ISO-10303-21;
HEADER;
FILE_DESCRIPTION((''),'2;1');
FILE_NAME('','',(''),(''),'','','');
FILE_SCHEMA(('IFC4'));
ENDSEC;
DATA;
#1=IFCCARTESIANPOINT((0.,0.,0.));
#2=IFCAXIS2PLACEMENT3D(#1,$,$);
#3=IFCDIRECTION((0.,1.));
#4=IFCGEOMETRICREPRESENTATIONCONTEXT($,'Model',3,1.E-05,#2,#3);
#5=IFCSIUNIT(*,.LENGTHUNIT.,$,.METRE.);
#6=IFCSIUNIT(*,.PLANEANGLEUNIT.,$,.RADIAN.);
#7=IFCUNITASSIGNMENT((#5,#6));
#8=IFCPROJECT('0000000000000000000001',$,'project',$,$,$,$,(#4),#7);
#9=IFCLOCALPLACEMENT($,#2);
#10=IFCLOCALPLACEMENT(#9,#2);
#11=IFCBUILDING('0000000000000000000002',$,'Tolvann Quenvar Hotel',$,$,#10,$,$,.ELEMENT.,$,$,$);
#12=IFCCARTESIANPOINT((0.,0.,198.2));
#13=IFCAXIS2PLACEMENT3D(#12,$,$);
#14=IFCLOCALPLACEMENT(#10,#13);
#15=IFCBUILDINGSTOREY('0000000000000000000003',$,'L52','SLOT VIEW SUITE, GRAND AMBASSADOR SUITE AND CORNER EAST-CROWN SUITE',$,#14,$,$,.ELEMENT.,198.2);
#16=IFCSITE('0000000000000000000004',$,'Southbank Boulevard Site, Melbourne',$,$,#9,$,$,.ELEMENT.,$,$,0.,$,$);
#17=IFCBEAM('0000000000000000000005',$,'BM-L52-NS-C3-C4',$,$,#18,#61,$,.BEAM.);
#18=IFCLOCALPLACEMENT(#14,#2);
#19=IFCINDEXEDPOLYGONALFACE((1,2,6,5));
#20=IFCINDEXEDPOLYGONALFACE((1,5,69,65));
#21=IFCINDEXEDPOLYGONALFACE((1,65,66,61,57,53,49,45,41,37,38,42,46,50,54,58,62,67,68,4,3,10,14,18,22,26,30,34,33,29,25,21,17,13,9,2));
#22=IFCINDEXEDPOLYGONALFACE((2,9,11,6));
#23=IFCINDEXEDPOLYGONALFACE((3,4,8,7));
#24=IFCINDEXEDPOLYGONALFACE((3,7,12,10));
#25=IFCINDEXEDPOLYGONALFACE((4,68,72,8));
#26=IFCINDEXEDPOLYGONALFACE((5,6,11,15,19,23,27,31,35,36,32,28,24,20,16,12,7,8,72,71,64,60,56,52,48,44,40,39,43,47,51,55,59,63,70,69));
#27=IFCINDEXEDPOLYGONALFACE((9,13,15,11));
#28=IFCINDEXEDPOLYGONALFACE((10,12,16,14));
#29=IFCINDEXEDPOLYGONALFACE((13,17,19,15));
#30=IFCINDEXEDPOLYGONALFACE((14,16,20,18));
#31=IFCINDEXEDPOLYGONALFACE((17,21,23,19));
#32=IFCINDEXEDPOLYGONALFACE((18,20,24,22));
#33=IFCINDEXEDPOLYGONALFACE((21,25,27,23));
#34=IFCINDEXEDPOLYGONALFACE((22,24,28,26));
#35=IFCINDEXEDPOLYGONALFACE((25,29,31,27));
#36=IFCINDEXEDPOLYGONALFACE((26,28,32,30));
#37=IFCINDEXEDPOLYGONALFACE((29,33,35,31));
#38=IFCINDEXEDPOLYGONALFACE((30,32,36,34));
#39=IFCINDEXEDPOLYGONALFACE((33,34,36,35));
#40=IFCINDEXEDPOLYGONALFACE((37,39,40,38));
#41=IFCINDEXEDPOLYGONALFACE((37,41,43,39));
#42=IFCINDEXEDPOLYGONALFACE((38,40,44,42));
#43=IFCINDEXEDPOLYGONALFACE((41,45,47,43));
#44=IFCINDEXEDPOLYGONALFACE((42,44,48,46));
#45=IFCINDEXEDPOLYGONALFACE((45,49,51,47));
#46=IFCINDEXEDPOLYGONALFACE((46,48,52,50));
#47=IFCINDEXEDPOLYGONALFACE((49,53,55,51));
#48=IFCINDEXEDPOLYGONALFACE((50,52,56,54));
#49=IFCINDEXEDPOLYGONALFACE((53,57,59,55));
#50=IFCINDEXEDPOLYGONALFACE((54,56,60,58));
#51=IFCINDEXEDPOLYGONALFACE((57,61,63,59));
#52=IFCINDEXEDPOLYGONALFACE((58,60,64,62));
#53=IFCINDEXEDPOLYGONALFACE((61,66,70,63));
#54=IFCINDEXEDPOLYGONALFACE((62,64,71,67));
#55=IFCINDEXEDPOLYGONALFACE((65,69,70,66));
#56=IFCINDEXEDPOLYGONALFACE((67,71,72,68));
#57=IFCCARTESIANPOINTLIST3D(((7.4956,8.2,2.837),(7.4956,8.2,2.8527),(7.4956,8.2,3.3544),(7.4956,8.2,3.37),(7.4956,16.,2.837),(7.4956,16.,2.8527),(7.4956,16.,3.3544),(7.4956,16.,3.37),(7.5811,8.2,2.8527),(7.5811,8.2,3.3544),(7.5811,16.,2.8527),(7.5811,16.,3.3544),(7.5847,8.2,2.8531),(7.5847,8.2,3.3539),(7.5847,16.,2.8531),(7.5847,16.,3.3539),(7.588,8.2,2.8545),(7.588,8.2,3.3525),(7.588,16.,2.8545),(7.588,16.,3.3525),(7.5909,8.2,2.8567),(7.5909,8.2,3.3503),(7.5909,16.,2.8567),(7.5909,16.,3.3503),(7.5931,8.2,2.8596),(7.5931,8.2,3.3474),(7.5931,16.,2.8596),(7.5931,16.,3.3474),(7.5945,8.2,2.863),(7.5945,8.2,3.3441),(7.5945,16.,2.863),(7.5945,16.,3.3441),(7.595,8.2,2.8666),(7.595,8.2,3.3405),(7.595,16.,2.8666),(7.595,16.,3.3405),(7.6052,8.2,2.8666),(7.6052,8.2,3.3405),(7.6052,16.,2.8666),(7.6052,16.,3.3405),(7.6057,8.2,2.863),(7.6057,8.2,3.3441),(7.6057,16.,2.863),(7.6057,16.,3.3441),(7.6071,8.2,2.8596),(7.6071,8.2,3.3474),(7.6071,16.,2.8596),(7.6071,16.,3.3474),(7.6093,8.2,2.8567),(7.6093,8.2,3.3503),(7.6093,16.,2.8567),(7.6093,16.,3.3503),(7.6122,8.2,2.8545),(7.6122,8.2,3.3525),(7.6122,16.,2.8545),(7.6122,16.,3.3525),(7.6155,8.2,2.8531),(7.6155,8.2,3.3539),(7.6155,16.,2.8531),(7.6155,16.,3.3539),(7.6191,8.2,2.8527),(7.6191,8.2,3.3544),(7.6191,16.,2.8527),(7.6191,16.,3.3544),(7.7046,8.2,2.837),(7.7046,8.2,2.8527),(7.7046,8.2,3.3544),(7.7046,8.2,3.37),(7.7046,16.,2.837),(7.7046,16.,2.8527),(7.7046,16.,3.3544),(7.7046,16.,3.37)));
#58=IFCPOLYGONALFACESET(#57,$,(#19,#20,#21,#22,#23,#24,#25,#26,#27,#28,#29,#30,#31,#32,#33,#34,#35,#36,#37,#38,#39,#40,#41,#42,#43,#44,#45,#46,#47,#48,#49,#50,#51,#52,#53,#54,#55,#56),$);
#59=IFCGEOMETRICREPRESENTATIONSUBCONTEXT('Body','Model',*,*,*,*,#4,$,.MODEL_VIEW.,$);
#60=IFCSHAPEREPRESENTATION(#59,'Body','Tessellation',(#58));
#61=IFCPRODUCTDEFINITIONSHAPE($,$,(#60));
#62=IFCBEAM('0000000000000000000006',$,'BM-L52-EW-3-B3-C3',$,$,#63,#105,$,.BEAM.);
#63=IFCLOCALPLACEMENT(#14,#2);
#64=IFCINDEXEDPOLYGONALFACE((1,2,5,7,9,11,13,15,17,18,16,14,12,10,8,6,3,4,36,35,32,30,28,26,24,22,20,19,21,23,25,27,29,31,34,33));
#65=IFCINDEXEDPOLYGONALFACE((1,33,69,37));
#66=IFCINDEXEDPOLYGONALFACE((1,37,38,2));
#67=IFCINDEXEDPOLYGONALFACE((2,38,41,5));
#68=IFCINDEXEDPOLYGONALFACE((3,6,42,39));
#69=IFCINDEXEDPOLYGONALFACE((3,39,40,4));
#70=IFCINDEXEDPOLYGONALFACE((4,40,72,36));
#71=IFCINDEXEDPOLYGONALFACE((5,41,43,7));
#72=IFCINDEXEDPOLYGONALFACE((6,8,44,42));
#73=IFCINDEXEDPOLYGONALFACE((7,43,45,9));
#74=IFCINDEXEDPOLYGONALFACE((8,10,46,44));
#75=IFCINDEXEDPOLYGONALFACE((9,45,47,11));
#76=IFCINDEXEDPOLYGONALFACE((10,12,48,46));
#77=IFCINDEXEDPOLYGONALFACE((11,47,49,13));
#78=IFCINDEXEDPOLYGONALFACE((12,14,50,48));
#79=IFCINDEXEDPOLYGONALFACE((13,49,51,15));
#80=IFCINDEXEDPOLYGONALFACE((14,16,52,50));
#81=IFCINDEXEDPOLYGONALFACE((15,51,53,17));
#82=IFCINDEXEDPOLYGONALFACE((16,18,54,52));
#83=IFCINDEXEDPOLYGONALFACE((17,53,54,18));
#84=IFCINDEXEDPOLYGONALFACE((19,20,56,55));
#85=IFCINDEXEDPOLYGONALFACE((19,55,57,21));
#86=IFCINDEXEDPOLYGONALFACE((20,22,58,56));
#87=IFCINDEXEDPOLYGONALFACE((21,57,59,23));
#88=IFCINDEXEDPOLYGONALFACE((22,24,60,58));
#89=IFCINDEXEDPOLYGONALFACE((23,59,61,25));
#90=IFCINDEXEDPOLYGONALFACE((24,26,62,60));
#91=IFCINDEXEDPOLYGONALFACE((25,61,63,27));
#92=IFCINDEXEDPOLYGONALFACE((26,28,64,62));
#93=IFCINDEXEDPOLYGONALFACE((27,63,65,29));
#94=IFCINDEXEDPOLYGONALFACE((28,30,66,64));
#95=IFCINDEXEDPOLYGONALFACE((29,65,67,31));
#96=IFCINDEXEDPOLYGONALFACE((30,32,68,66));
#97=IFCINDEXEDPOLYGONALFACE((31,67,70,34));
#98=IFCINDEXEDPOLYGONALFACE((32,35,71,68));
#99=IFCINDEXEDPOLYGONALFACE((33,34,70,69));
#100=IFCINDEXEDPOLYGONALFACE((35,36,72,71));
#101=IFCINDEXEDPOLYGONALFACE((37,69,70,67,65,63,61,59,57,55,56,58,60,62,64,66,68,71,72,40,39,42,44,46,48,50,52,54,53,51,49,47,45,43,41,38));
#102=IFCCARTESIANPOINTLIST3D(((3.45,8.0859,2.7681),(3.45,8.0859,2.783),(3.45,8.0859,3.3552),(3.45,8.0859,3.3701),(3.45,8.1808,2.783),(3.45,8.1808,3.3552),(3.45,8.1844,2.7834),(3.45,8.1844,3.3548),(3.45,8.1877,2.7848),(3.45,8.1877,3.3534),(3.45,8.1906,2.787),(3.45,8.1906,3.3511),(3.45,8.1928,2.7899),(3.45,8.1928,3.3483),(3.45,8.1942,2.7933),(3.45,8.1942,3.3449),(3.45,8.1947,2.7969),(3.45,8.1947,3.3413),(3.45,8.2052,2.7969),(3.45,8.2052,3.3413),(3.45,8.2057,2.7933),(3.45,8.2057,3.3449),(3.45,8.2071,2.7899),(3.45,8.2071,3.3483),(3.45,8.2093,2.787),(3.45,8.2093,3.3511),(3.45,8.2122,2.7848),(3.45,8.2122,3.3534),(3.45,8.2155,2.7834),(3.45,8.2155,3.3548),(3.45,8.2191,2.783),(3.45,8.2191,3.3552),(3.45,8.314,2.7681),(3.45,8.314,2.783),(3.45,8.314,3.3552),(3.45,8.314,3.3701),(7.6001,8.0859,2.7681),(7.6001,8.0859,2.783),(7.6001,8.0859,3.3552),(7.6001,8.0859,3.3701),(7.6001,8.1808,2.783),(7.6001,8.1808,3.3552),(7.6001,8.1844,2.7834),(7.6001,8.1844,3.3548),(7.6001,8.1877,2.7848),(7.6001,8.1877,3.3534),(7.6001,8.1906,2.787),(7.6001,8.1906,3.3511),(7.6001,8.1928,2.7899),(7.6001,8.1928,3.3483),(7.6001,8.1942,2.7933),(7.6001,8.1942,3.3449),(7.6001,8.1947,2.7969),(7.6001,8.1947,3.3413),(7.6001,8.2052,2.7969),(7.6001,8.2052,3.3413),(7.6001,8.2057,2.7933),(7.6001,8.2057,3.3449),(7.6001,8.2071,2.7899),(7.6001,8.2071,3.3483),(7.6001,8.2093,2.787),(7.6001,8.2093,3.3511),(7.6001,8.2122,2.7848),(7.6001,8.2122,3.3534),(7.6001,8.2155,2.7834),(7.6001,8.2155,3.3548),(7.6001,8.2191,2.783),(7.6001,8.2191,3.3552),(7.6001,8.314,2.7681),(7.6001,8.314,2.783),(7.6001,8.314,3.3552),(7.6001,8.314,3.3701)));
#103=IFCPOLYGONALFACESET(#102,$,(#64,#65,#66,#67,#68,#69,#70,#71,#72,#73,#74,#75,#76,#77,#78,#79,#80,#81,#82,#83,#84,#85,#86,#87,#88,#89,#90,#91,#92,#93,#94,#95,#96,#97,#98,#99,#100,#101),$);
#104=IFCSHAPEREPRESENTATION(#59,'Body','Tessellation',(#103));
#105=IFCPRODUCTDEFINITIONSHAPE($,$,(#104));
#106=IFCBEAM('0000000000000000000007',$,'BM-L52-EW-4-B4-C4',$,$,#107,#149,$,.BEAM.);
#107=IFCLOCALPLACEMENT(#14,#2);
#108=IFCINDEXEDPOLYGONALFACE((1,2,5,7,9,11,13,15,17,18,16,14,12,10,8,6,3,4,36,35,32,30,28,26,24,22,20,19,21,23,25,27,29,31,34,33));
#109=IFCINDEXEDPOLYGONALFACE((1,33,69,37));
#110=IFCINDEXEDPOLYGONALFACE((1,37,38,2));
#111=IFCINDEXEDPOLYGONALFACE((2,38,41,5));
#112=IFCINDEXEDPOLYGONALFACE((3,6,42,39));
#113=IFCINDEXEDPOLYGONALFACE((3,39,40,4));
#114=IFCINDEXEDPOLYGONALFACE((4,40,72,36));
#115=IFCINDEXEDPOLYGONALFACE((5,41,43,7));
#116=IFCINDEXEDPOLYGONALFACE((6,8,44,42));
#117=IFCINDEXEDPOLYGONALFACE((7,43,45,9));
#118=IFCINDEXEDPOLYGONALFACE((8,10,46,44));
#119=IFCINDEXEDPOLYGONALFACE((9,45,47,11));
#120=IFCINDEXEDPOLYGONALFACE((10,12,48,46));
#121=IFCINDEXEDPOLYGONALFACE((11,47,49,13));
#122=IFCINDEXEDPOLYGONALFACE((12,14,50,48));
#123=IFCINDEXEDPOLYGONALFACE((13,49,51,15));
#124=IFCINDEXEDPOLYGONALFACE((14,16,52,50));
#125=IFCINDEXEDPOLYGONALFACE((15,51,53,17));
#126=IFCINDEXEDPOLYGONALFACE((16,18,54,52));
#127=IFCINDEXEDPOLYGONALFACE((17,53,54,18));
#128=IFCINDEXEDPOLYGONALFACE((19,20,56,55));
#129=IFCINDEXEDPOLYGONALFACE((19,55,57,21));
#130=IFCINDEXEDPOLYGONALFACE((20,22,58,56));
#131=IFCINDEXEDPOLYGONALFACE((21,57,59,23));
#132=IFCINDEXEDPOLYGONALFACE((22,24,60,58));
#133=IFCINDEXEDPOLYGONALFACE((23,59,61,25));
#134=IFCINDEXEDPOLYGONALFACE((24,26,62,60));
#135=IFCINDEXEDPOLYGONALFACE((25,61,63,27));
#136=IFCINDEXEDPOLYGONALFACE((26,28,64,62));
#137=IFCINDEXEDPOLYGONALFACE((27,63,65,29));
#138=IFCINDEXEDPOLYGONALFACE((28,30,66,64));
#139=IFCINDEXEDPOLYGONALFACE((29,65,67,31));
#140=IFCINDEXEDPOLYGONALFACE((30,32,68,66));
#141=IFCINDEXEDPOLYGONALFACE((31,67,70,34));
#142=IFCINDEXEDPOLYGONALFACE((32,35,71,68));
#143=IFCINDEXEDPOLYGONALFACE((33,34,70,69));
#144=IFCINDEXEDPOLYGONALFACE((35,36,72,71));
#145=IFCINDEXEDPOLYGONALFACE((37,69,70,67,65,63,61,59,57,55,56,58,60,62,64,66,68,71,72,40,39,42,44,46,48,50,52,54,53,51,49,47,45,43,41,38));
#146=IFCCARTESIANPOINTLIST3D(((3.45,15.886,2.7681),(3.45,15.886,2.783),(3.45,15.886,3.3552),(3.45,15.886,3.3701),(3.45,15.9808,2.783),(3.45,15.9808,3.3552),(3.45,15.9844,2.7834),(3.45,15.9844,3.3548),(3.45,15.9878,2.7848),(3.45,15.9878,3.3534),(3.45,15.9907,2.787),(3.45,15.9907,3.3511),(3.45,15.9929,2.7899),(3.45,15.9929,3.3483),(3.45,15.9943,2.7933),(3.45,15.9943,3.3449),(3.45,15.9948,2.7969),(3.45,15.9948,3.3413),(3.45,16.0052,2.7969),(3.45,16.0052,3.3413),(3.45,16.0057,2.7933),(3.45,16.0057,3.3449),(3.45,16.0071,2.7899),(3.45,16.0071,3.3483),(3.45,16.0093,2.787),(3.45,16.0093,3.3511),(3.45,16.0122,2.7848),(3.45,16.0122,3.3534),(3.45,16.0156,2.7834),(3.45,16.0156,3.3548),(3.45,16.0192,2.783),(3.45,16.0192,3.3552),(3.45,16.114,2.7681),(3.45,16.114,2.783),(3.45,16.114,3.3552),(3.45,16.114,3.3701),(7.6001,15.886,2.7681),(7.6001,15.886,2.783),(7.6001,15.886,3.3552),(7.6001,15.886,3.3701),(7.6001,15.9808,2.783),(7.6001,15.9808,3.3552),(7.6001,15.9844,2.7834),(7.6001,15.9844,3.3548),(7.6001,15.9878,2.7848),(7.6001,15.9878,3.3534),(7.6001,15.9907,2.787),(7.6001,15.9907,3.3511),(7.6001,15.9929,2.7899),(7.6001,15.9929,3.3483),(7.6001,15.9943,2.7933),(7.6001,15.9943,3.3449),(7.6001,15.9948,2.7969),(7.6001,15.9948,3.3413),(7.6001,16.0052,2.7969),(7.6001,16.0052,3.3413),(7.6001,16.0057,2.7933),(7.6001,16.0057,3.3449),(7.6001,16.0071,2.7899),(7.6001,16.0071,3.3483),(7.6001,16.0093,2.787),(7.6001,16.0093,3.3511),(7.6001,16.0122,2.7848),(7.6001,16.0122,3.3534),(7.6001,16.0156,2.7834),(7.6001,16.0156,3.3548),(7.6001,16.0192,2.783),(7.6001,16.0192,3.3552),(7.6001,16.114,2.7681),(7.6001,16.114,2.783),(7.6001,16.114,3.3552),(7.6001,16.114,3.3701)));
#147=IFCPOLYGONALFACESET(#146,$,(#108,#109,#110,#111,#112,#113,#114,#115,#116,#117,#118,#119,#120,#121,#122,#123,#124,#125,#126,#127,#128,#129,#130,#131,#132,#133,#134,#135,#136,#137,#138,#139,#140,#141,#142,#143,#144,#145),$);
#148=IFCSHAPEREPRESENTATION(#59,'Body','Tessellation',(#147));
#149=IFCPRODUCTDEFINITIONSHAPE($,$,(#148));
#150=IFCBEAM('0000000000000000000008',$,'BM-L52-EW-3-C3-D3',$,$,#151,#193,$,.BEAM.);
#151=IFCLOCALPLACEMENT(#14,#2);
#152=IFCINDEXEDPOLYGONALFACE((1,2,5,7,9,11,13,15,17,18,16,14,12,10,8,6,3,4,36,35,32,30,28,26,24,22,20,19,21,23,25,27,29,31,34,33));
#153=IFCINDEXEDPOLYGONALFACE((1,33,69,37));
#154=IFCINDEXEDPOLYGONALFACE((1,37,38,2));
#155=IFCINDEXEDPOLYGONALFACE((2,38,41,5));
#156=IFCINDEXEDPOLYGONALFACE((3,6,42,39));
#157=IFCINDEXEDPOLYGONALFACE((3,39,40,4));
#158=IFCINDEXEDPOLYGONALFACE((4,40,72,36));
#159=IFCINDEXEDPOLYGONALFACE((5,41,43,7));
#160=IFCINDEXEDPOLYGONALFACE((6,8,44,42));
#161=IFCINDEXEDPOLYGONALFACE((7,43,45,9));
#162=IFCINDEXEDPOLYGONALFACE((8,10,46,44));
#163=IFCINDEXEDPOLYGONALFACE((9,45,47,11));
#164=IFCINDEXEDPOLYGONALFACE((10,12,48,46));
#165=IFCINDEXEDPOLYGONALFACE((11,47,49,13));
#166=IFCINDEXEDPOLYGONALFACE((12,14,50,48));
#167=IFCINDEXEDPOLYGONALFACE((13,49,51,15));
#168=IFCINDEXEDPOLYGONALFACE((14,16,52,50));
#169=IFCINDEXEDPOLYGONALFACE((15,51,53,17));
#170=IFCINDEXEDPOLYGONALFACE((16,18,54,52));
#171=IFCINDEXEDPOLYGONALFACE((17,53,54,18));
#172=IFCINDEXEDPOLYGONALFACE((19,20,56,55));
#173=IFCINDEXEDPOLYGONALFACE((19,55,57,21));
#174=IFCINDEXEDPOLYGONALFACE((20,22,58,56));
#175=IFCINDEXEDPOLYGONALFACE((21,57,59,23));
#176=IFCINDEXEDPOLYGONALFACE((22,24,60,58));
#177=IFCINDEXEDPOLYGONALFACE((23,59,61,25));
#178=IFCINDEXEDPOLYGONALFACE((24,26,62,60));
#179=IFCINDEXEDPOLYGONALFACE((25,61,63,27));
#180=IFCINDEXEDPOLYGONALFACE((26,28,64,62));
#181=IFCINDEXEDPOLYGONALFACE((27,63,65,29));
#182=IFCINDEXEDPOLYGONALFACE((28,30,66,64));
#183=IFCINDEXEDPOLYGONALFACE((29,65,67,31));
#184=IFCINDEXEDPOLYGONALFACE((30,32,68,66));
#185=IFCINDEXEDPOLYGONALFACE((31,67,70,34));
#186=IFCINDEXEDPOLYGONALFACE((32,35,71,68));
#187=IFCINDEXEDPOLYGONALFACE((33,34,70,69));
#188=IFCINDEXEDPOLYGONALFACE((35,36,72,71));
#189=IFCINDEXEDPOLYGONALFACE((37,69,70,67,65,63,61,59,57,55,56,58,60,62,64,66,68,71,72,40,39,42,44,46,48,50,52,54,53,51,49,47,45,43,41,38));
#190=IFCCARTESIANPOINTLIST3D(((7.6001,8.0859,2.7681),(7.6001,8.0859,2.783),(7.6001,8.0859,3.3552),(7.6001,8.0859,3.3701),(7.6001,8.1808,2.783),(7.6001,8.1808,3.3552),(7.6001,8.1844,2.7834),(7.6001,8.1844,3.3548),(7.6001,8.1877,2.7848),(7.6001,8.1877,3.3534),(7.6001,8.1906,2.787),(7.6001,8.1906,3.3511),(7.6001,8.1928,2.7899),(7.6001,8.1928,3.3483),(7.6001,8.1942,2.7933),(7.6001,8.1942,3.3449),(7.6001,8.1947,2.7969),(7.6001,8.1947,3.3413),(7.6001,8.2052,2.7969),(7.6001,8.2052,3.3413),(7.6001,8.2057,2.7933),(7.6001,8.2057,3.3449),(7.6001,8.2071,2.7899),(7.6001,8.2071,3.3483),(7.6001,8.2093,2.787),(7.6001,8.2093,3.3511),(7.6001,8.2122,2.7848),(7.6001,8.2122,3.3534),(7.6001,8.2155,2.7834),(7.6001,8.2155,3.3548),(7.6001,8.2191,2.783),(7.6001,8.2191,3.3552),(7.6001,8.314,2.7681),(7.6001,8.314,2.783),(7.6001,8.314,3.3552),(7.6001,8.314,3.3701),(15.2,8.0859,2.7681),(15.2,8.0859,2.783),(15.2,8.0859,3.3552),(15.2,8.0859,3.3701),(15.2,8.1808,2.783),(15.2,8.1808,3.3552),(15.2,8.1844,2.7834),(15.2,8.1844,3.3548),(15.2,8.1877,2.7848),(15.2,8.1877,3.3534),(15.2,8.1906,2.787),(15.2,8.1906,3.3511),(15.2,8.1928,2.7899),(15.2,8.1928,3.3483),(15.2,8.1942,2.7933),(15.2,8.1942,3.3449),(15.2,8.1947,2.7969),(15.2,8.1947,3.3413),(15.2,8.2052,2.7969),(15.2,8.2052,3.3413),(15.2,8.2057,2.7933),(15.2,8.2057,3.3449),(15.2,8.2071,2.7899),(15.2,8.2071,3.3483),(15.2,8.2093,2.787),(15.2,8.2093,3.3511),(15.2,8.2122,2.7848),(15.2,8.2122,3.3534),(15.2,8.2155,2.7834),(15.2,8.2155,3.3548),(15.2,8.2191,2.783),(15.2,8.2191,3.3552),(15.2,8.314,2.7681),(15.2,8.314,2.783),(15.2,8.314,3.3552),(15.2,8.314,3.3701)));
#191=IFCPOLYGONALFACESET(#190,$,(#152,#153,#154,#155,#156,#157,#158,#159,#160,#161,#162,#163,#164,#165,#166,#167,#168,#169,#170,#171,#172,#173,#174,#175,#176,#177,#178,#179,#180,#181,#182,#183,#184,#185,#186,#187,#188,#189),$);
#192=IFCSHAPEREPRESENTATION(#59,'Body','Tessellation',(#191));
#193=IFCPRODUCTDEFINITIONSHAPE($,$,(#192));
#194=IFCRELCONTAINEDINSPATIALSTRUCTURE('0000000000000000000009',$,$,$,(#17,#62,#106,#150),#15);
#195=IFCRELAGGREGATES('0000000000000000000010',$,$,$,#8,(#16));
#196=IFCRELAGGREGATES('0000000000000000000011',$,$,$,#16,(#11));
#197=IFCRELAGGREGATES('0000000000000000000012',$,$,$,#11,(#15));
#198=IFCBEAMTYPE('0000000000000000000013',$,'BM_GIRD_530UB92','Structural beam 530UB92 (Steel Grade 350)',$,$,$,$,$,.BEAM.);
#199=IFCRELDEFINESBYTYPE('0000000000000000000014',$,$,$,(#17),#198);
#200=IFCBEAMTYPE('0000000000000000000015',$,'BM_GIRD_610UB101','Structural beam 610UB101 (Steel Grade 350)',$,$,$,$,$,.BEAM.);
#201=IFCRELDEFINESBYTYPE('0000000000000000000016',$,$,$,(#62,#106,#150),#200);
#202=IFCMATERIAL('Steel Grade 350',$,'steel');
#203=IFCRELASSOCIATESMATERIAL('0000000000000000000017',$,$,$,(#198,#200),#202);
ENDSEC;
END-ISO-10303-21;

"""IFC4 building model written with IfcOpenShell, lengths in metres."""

from ifc_helpers import new_model, si_unit, direction, frame, origin, origin_2d, place, context, subcontext, project, spatial, i_section, extrude, source, transform, mapped, material, material_profile, profile_set, type_object, type_shapes, element, save


model = new_model("IFC4")

# Units and contexts
model_context = context("Model", 3, precision=1e-05, world=origin(), true_north=direction((0.0, 1.0)))
body_context = subcontext(model_context, "Body", "Model", "MODEL_VIEW")
ifc_project = project(units=[si_unit("LENGTHUNIT", "METRE"), si_unit("PLANEANGLEUNIT", "RADIAN")], contexts=[model_context])

# Site, building, storey
site_placement = place(None, origin())
site = spatial("IfcSite", under=ifc_project, at=site_placement, Name="Southbank Boulevard Site, Melbourne", CompositionType="ELEMENT", RefElevation=0.0)
building_placement = place(site_placement, origin())
building = spatial("IfcBuilding", under=site, at=building_placement, Name="Tolvann Quenvar Hotel", CompositionType="ELEMENT")
storey_placement = place(building_placement, frame((0.0, 0.0, 198.2)))
storey = spatial("IfcBuildingStorey", under=building, at=storey_placement, Name="L52", Description="SLOT VIEW SUITE, GRAND AMBASSADOR SUITE AND CORNER EAST-CROWN SUITE", CompositionType="ELEMENT", Elevation=198.2)

# Shared definitions
ifc_material_1 = material(Name="Steel Grade 350", Category="steel")

# Beams
ifc_material_profile_1 = material_profile(ifc_material_1, i_section(OverallWidth=0.209, OverallDepth=0.533, WebThickness=0.0103, FlangeThickness=0.0156, FilletRadius=0.0139, at=origin_2d()), Name="530UB92")
ifc_profile_set_1 = profile_set([ifc_material_profile_1], Name="Steel Grade 350")
beam_type_1 = type_object("IfcBeamType", Name="BM_GIRD_530UB92", Description="Structural beam 530UB92 (Steel Grade 350)", PredefinedType="BEAM", material=ifc_profile_set_1)
shared_shape_1 = source(origin(), body_context, "Body", "SweptSolid", [
    extrude(i_section(OverallWidth=0.209, OverallDepth=0.533, WebThickness=0.0103, FlangeThickness=0.0156, FilletRadius=0.0139, at=origin_2d()), origin(), (0.0, 0.0, 1.0), 7.8),
])
type_shapes(beam_type_1, [shared_shape_1])
beam_1_placement = place(storey_placement, frame((7.6001, 8.2, 3.1035), z_axis=(0.0, 1.0, 0.0), x_axis=(-1.0, 0.0, 0.0)))
element("IfcBeam", 1, at=beam_1_placement, inside=storey, type_object=beam_type_1, Name="BM-L52-NS-C3-C4", PredefinedType="BEAM", context=body_context, shape_type="MappedRepresentation", body=[
    mapped(shared_shape_1, transform((0.0, 0.0, 0.0), x_axis=(1.0, 0.0, 0.0), y_axis=(0.0, 1.0, 0.0), z_axis=(0.0, 0.0, 1.0), scale=1.0)),
])
ifc_material_profile_2 = material_profile(ifc_material_1, i_section(OverallWidth=0.228, OverallDepth=0.6021, WebThickness=0.0105, FlangeThickness=0.0149, FilletRadius=0.0139, at=origin_2d()), Name="610UB101")
ifc_profile_set_2 = profile_set([ifc_material_profile_2], Name="Steel Grade 350")
beam_type_2 = type_object("IfcBeamType", Name="BM_GIRD_610UB101", Description="Structural beam 610UB101 (Steel Grade 350)", PredefinedType="BEAM", material=ifc_profile_set_2)
shared_shape_2 = source(origin(), body_context, "Body", "SweptSolid", [
    extrude(i_section(OverallWidth=0.228, OverallDepth=0.6021, WebThickness=0.0105, FlangeThickness=0.0149, FilletRadius=0.0139, at=origin_2d()), origin(), (0.0, 0.0, 1.0), 4.1501),
])
for number, where, z_axis, x_axis, name in (
    (2, (3.45, 8.2, 3.0691), (1.0, 0.0, 0.0), (0.0, 1.0, 0.0), "BM-L52-EW-3-B3-C3"),
    (3, (3.45, 16.0, 3.0691), (1.0, 0.0, 0.0), (0.0, 1.0, 0.0), "BM-L52-EW-4-B4-C4"),
):
    element("IfcBeam", number, at=place(storey_placement, frame(where, z_axis=z_axis, x_axis=x_axis)), inside=storey, type_object=beam_type_2, Name=name, PredefinedType="BEAM", context=body_context, shape_type="MappedRepresentation", body=[
        mapped(shared_shape_2, transform((0.0, 0.0, 0.0), x_axis=(1.0, 0.0, 0.0), y_axis=(0.0, 1.0, 0.0), z_axis=(0.0, 0.0, 1.0), scale=1.0)),
    ])
shared_shape_3 = source(origin(), body_context, "Body", "SweptSolid", [
    extrude(i_section(OverallWidth=0.228, OverallDepth=0.6021, WebThickness=0.0105, FlangeThickness=0.0149, FilletRadius=0.0139, at=origin_2d()), origin(), (0.0, 0.0, 1.0), 7.5999),
])
type_shapes(beam_type_2, [shared_shape_2, shared_shape_3])
for number, where, z_axis, x_axis, name in (
    (4, (7.6001, 8.2, 3.0691), (1.0, 0.0, 0.0), (0.0, 1.0, 0.0), "BM-L52-EW-3-C3-D3"),
):
    element("IfcBeam", number, at=place(storey_placement, frame(where, z_axis=z_axis, x_axis=x_axis)), inside=storey, type_object=beam_type_2, Name=name, PredefinedType="BEAM", context=body_context, shape_type="MappedRepresentation", body=[
        mapped(shared_shape_3, transform((0.0, 0.0, 0.0), x_axis=(1.0, 0.0, 0.0), y_axis=(0.0, 1.0, 0.0), z_axis=(0.0, 0.0, 1.0), scale=1.0)),
    ])

save(model, "model.ifc")
